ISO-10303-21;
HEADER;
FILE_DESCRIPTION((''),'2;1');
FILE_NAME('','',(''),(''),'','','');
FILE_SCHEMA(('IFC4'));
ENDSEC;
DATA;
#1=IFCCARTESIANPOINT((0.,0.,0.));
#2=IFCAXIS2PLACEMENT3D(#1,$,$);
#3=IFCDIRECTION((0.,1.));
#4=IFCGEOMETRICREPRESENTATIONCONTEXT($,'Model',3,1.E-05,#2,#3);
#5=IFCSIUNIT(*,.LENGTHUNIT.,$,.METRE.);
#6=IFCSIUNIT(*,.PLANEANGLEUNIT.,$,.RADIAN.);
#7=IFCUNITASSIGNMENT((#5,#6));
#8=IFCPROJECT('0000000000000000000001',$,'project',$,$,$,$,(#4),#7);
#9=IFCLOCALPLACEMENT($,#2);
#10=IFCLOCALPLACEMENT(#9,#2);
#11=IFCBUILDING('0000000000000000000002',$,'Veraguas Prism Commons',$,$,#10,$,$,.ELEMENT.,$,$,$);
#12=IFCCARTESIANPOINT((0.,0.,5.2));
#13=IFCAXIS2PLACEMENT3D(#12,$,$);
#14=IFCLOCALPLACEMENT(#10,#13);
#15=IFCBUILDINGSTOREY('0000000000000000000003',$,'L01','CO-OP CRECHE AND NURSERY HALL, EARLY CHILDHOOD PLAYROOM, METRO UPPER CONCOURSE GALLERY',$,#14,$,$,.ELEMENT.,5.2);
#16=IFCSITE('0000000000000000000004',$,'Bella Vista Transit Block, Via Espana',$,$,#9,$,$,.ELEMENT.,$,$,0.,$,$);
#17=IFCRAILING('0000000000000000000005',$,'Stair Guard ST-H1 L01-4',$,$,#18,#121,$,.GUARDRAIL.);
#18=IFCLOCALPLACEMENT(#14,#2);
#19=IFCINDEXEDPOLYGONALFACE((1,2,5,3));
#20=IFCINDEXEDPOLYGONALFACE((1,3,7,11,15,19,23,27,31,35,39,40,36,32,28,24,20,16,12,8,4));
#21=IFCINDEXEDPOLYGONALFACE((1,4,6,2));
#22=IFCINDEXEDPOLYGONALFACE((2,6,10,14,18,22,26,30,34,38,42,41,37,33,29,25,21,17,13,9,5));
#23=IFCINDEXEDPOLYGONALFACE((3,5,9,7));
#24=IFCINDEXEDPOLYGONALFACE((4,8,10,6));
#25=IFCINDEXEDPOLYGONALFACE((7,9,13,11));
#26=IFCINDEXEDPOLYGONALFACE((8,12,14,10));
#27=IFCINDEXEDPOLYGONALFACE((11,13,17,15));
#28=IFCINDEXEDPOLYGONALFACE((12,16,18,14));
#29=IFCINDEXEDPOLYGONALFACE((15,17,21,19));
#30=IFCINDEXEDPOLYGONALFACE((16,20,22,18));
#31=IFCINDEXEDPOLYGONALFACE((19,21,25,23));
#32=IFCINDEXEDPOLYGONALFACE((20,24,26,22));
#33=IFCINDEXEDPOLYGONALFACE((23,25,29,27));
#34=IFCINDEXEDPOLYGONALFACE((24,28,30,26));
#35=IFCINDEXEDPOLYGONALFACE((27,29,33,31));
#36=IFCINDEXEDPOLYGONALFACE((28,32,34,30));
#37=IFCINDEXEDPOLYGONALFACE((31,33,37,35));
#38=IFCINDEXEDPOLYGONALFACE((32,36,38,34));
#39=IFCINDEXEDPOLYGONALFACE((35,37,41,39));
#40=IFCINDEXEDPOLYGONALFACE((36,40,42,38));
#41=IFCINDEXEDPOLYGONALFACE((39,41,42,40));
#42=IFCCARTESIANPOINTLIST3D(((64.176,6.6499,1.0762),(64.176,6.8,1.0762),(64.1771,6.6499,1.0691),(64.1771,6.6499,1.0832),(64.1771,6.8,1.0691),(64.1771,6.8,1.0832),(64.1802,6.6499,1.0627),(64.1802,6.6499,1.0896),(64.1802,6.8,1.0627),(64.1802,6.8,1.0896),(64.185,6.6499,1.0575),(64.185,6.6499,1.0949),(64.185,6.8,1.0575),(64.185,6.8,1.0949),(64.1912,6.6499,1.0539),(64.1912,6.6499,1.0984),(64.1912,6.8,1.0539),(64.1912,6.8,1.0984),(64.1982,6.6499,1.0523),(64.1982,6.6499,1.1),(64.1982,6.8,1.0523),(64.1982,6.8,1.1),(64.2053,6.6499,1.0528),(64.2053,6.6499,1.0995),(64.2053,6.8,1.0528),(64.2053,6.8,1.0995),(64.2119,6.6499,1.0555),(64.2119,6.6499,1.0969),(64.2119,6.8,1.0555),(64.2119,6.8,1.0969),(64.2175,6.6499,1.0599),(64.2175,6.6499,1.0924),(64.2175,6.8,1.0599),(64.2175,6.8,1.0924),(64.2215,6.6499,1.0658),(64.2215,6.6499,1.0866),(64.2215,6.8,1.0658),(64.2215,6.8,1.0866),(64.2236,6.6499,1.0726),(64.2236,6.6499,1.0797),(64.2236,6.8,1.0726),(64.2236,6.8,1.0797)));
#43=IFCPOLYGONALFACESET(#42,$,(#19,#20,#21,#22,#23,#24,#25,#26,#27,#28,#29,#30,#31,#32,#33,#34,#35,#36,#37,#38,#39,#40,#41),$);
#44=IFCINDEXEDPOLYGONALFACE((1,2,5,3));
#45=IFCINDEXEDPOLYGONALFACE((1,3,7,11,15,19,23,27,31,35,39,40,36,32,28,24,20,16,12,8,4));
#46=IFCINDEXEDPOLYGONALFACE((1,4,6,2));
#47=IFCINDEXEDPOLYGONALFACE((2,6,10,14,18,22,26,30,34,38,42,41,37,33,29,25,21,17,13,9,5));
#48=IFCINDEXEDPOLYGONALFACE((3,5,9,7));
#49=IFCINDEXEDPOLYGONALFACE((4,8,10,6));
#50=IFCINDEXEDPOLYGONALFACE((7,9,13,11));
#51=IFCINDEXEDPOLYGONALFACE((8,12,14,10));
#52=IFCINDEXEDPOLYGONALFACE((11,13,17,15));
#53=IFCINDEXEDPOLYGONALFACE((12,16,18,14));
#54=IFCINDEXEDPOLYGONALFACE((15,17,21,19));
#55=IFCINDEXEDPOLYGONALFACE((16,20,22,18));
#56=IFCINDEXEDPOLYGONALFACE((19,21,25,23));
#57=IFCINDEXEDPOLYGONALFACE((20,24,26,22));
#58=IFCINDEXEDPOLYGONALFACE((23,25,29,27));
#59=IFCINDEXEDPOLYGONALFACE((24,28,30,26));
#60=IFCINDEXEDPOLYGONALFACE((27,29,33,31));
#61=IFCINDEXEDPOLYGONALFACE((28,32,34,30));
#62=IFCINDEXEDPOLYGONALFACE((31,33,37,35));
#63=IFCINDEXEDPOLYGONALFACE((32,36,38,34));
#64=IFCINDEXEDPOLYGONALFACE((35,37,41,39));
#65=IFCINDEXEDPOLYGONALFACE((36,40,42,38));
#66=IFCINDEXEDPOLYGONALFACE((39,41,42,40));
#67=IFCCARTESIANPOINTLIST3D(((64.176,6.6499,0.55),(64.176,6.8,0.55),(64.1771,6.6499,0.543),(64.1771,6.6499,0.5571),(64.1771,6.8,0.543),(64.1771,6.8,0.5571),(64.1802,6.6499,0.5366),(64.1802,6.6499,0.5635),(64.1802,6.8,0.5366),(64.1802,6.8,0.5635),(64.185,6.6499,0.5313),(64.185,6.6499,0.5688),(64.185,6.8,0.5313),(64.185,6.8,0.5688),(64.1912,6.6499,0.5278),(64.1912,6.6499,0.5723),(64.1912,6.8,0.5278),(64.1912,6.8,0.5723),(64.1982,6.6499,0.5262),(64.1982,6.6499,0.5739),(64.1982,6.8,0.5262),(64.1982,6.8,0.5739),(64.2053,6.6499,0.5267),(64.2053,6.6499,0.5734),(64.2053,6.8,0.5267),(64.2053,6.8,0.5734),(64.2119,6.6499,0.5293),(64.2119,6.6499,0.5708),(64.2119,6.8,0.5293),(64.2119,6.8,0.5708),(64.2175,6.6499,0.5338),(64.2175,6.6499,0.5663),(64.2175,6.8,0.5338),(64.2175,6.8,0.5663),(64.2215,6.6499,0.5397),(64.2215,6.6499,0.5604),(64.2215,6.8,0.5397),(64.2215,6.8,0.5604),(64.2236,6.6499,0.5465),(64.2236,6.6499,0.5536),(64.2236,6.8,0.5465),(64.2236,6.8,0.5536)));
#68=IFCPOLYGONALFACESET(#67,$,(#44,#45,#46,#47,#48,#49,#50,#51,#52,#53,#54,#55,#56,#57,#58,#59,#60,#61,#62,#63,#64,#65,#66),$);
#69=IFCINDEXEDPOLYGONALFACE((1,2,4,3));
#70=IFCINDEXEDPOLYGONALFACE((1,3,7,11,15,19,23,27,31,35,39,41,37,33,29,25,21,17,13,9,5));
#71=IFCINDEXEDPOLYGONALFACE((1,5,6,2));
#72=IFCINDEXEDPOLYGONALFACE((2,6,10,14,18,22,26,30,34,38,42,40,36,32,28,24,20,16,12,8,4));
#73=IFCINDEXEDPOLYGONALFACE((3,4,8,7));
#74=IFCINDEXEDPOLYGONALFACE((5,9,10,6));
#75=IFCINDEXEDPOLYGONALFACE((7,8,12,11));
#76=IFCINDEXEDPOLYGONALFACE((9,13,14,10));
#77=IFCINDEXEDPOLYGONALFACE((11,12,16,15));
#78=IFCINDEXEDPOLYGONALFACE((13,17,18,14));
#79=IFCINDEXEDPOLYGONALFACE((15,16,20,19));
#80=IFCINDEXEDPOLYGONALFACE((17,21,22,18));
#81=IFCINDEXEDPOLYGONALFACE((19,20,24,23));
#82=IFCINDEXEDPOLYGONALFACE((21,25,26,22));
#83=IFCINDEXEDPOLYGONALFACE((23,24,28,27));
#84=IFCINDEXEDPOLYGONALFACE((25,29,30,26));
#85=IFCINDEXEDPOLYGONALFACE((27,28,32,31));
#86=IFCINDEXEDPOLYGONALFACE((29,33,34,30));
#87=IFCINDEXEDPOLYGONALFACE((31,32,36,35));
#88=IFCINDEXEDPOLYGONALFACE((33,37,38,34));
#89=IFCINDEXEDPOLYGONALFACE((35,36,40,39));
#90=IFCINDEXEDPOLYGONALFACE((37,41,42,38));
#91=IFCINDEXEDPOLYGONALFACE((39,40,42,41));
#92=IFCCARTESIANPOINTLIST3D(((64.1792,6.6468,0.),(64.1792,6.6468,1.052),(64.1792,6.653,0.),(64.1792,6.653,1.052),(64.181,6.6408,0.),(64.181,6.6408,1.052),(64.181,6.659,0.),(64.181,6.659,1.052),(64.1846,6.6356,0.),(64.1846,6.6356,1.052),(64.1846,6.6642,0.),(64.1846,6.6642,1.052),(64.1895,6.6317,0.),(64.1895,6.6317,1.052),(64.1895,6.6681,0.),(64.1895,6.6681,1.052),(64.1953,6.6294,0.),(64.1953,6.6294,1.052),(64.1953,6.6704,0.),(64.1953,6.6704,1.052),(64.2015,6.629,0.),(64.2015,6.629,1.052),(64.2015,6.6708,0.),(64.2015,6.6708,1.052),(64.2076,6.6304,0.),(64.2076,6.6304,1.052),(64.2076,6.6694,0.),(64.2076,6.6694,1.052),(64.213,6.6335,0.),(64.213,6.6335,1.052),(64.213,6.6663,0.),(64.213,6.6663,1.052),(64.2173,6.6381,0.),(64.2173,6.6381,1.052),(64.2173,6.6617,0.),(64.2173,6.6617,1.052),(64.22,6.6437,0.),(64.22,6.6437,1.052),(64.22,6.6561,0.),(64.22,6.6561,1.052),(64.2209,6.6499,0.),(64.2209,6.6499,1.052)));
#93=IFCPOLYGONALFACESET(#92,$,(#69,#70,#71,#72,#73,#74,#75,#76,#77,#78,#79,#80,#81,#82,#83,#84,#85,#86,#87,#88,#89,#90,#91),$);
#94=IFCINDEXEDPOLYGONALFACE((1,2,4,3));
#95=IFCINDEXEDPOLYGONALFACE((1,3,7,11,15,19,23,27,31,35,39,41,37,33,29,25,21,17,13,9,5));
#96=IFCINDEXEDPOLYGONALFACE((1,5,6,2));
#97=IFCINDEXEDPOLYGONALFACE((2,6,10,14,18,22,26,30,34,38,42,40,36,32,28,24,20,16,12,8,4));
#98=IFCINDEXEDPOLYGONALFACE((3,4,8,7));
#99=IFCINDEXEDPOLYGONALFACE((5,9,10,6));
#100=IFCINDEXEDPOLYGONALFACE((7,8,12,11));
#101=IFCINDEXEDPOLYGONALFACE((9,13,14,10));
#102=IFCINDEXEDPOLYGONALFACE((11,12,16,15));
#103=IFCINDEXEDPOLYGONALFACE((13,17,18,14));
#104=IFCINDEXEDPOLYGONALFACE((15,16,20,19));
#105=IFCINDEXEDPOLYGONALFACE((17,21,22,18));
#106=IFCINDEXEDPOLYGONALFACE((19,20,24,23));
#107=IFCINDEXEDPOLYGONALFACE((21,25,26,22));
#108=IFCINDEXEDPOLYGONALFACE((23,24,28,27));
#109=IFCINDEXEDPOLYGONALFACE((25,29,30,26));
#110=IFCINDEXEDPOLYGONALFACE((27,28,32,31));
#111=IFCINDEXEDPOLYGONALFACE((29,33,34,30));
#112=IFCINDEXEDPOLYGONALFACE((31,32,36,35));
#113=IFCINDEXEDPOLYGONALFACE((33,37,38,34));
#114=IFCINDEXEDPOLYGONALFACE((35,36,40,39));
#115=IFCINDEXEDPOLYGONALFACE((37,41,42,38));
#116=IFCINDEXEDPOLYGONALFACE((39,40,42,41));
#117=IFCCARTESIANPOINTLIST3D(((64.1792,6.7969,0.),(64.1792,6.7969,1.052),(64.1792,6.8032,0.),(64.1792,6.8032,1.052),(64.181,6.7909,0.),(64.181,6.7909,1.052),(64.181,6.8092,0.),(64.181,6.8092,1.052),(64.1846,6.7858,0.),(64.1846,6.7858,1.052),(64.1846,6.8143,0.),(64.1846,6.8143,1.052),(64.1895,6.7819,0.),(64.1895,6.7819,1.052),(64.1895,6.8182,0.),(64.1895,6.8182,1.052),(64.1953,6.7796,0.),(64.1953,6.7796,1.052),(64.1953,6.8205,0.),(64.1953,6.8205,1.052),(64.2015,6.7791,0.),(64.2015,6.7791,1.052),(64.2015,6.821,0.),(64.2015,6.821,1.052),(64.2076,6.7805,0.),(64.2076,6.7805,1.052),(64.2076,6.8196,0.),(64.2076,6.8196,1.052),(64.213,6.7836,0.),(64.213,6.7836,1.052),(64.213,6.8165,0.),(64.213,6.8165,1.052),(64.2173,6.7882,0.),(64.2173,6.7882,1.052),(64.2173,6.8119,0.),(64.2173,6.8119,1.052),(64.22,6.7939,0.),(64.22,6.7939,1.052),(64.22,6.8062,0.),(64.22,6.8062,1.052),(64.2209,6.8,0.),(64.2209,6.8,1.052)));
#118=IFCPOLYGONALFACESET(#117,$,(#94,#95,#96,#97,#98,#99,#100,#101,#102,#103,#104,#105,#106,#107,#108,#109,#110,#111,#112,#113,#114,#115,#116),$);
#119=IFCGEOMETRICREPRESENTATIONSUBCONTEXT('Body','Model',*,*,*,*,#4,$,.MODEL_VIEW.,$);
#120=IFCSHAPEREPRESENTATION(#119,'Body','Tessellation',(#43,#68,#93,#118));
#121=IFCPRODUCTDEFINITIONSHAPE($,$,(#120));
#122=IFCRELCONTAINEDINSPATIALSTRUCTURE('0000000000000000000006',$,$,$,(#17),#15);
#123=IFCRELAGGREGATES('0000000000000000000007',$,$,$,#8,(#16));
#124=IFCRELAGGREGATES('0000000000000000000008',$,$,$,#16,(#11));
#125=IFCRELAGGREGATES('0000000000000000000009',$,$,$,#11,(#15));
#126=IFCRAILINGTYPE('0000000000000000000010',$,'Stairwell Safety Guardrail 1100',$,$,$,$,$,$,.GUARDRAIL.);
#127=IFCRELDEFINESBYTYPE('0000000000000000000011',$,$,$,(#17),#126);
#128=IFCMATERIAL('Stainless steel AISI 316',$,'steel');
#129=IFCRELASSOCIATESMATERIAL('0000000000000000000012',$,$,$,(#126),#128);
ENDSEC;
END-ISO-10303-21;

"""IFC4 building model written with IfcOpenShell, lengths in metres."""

from ifc_helpers import new_model, si_unit, direction, frame, origin, origin_2d, place, context, subcontext, project, spatial, circle, extrude, material, type_object, element, save


model = new_model("IFC4")

# Units and contexts
model_context = context("Model", 3, precision=1e-05, world=origin(), true_north=direction((0.0, 1.0)))
body_context = subcontext(model_context, "Body", "Model", "MODEL_VIEW")
ifc_project = project(units=[si_unit("LENGTHUNIT", "METRE"), si_unit("PLANEANGLEUNIT", "RADIAN")], contexts=[model_context])

# Site, building, storey
site_placement = place(None, origin())
site = spatial("IfcSite", under=ifc_project, at=site_placement, Name="Bella Vista Transit Block, Via Espana", CompositionType="ELEMENT", RefElevation=0.0)
building_placement = place(site_placement, origin())
building = spatial("IfcBuilding", under=site, at=building_placement, Name="Veraguas Prism Commons", CompositionType="ELEMENT")
storey_placement = place(building_placement, frame((0.0, 0.0, 5.2)))
storey = spatial("IfcBuildingStorey", under=building, at=storey_placement, Name="L01", Description="CO-OP CRECHE AND NURSERY HALL, EARLY CHILDHOOD PLAYROOM, METRO UPPER CONCOURSE GALLERY", CompositionType="ELEMENT", Elevation=5.2)

# Railing
ifc_material_1 = material(Name="Stainless steel AISI 316", Category="steel")
railing_type_1 = type_object("IfcRailingType", Name="Stairwell Safety Guardrail 1100", PredefinedType="GUARDRAIL", material=ifc_material_1)
railing_1_placement = place(storey_placement, frame((64.2, 6.6499, 0.0)))
element("IfcRailing", 1, at=railing_1_placement, inside=storey, type_object=railing_type_1, Name="Stair Guard ST-H1 L01-4", PredefinedType="GUARDRAIL", context=body_context, shape_type="SweptSolid", body=[
    extrude(circle(Radius=0.0239, at=origin_2d()), frame((0.0, 0.0, 1.0762), z_axis=(0.0, 1.0, 0.0), x_axis=(-1.0, 0.0, 0.0)), (0.0, 0.0, 1.0), 0.1501),
    extrude(circle(Radius=0.0239, at=origin_2d()), frame((0.0, 0.0, 0.55), z_axis=(0.0, 1.0, 0.0), x_axis=(-1.0, 0.0, 0.0)), (0.0, 0.0, 1.0), 0.1501),
    extrude(circle(Radius=0.021, at=origin_2d()), origin(), (0.0, 0.0, 1.0), 1.052),
    extrude(circle(Radius=0.021, at=origin_2d()), frame((0.0, 0.1501, 0.0)), (0.0, 0.0, 1.0), 1.052),
])

save(model, "model.ifc")
